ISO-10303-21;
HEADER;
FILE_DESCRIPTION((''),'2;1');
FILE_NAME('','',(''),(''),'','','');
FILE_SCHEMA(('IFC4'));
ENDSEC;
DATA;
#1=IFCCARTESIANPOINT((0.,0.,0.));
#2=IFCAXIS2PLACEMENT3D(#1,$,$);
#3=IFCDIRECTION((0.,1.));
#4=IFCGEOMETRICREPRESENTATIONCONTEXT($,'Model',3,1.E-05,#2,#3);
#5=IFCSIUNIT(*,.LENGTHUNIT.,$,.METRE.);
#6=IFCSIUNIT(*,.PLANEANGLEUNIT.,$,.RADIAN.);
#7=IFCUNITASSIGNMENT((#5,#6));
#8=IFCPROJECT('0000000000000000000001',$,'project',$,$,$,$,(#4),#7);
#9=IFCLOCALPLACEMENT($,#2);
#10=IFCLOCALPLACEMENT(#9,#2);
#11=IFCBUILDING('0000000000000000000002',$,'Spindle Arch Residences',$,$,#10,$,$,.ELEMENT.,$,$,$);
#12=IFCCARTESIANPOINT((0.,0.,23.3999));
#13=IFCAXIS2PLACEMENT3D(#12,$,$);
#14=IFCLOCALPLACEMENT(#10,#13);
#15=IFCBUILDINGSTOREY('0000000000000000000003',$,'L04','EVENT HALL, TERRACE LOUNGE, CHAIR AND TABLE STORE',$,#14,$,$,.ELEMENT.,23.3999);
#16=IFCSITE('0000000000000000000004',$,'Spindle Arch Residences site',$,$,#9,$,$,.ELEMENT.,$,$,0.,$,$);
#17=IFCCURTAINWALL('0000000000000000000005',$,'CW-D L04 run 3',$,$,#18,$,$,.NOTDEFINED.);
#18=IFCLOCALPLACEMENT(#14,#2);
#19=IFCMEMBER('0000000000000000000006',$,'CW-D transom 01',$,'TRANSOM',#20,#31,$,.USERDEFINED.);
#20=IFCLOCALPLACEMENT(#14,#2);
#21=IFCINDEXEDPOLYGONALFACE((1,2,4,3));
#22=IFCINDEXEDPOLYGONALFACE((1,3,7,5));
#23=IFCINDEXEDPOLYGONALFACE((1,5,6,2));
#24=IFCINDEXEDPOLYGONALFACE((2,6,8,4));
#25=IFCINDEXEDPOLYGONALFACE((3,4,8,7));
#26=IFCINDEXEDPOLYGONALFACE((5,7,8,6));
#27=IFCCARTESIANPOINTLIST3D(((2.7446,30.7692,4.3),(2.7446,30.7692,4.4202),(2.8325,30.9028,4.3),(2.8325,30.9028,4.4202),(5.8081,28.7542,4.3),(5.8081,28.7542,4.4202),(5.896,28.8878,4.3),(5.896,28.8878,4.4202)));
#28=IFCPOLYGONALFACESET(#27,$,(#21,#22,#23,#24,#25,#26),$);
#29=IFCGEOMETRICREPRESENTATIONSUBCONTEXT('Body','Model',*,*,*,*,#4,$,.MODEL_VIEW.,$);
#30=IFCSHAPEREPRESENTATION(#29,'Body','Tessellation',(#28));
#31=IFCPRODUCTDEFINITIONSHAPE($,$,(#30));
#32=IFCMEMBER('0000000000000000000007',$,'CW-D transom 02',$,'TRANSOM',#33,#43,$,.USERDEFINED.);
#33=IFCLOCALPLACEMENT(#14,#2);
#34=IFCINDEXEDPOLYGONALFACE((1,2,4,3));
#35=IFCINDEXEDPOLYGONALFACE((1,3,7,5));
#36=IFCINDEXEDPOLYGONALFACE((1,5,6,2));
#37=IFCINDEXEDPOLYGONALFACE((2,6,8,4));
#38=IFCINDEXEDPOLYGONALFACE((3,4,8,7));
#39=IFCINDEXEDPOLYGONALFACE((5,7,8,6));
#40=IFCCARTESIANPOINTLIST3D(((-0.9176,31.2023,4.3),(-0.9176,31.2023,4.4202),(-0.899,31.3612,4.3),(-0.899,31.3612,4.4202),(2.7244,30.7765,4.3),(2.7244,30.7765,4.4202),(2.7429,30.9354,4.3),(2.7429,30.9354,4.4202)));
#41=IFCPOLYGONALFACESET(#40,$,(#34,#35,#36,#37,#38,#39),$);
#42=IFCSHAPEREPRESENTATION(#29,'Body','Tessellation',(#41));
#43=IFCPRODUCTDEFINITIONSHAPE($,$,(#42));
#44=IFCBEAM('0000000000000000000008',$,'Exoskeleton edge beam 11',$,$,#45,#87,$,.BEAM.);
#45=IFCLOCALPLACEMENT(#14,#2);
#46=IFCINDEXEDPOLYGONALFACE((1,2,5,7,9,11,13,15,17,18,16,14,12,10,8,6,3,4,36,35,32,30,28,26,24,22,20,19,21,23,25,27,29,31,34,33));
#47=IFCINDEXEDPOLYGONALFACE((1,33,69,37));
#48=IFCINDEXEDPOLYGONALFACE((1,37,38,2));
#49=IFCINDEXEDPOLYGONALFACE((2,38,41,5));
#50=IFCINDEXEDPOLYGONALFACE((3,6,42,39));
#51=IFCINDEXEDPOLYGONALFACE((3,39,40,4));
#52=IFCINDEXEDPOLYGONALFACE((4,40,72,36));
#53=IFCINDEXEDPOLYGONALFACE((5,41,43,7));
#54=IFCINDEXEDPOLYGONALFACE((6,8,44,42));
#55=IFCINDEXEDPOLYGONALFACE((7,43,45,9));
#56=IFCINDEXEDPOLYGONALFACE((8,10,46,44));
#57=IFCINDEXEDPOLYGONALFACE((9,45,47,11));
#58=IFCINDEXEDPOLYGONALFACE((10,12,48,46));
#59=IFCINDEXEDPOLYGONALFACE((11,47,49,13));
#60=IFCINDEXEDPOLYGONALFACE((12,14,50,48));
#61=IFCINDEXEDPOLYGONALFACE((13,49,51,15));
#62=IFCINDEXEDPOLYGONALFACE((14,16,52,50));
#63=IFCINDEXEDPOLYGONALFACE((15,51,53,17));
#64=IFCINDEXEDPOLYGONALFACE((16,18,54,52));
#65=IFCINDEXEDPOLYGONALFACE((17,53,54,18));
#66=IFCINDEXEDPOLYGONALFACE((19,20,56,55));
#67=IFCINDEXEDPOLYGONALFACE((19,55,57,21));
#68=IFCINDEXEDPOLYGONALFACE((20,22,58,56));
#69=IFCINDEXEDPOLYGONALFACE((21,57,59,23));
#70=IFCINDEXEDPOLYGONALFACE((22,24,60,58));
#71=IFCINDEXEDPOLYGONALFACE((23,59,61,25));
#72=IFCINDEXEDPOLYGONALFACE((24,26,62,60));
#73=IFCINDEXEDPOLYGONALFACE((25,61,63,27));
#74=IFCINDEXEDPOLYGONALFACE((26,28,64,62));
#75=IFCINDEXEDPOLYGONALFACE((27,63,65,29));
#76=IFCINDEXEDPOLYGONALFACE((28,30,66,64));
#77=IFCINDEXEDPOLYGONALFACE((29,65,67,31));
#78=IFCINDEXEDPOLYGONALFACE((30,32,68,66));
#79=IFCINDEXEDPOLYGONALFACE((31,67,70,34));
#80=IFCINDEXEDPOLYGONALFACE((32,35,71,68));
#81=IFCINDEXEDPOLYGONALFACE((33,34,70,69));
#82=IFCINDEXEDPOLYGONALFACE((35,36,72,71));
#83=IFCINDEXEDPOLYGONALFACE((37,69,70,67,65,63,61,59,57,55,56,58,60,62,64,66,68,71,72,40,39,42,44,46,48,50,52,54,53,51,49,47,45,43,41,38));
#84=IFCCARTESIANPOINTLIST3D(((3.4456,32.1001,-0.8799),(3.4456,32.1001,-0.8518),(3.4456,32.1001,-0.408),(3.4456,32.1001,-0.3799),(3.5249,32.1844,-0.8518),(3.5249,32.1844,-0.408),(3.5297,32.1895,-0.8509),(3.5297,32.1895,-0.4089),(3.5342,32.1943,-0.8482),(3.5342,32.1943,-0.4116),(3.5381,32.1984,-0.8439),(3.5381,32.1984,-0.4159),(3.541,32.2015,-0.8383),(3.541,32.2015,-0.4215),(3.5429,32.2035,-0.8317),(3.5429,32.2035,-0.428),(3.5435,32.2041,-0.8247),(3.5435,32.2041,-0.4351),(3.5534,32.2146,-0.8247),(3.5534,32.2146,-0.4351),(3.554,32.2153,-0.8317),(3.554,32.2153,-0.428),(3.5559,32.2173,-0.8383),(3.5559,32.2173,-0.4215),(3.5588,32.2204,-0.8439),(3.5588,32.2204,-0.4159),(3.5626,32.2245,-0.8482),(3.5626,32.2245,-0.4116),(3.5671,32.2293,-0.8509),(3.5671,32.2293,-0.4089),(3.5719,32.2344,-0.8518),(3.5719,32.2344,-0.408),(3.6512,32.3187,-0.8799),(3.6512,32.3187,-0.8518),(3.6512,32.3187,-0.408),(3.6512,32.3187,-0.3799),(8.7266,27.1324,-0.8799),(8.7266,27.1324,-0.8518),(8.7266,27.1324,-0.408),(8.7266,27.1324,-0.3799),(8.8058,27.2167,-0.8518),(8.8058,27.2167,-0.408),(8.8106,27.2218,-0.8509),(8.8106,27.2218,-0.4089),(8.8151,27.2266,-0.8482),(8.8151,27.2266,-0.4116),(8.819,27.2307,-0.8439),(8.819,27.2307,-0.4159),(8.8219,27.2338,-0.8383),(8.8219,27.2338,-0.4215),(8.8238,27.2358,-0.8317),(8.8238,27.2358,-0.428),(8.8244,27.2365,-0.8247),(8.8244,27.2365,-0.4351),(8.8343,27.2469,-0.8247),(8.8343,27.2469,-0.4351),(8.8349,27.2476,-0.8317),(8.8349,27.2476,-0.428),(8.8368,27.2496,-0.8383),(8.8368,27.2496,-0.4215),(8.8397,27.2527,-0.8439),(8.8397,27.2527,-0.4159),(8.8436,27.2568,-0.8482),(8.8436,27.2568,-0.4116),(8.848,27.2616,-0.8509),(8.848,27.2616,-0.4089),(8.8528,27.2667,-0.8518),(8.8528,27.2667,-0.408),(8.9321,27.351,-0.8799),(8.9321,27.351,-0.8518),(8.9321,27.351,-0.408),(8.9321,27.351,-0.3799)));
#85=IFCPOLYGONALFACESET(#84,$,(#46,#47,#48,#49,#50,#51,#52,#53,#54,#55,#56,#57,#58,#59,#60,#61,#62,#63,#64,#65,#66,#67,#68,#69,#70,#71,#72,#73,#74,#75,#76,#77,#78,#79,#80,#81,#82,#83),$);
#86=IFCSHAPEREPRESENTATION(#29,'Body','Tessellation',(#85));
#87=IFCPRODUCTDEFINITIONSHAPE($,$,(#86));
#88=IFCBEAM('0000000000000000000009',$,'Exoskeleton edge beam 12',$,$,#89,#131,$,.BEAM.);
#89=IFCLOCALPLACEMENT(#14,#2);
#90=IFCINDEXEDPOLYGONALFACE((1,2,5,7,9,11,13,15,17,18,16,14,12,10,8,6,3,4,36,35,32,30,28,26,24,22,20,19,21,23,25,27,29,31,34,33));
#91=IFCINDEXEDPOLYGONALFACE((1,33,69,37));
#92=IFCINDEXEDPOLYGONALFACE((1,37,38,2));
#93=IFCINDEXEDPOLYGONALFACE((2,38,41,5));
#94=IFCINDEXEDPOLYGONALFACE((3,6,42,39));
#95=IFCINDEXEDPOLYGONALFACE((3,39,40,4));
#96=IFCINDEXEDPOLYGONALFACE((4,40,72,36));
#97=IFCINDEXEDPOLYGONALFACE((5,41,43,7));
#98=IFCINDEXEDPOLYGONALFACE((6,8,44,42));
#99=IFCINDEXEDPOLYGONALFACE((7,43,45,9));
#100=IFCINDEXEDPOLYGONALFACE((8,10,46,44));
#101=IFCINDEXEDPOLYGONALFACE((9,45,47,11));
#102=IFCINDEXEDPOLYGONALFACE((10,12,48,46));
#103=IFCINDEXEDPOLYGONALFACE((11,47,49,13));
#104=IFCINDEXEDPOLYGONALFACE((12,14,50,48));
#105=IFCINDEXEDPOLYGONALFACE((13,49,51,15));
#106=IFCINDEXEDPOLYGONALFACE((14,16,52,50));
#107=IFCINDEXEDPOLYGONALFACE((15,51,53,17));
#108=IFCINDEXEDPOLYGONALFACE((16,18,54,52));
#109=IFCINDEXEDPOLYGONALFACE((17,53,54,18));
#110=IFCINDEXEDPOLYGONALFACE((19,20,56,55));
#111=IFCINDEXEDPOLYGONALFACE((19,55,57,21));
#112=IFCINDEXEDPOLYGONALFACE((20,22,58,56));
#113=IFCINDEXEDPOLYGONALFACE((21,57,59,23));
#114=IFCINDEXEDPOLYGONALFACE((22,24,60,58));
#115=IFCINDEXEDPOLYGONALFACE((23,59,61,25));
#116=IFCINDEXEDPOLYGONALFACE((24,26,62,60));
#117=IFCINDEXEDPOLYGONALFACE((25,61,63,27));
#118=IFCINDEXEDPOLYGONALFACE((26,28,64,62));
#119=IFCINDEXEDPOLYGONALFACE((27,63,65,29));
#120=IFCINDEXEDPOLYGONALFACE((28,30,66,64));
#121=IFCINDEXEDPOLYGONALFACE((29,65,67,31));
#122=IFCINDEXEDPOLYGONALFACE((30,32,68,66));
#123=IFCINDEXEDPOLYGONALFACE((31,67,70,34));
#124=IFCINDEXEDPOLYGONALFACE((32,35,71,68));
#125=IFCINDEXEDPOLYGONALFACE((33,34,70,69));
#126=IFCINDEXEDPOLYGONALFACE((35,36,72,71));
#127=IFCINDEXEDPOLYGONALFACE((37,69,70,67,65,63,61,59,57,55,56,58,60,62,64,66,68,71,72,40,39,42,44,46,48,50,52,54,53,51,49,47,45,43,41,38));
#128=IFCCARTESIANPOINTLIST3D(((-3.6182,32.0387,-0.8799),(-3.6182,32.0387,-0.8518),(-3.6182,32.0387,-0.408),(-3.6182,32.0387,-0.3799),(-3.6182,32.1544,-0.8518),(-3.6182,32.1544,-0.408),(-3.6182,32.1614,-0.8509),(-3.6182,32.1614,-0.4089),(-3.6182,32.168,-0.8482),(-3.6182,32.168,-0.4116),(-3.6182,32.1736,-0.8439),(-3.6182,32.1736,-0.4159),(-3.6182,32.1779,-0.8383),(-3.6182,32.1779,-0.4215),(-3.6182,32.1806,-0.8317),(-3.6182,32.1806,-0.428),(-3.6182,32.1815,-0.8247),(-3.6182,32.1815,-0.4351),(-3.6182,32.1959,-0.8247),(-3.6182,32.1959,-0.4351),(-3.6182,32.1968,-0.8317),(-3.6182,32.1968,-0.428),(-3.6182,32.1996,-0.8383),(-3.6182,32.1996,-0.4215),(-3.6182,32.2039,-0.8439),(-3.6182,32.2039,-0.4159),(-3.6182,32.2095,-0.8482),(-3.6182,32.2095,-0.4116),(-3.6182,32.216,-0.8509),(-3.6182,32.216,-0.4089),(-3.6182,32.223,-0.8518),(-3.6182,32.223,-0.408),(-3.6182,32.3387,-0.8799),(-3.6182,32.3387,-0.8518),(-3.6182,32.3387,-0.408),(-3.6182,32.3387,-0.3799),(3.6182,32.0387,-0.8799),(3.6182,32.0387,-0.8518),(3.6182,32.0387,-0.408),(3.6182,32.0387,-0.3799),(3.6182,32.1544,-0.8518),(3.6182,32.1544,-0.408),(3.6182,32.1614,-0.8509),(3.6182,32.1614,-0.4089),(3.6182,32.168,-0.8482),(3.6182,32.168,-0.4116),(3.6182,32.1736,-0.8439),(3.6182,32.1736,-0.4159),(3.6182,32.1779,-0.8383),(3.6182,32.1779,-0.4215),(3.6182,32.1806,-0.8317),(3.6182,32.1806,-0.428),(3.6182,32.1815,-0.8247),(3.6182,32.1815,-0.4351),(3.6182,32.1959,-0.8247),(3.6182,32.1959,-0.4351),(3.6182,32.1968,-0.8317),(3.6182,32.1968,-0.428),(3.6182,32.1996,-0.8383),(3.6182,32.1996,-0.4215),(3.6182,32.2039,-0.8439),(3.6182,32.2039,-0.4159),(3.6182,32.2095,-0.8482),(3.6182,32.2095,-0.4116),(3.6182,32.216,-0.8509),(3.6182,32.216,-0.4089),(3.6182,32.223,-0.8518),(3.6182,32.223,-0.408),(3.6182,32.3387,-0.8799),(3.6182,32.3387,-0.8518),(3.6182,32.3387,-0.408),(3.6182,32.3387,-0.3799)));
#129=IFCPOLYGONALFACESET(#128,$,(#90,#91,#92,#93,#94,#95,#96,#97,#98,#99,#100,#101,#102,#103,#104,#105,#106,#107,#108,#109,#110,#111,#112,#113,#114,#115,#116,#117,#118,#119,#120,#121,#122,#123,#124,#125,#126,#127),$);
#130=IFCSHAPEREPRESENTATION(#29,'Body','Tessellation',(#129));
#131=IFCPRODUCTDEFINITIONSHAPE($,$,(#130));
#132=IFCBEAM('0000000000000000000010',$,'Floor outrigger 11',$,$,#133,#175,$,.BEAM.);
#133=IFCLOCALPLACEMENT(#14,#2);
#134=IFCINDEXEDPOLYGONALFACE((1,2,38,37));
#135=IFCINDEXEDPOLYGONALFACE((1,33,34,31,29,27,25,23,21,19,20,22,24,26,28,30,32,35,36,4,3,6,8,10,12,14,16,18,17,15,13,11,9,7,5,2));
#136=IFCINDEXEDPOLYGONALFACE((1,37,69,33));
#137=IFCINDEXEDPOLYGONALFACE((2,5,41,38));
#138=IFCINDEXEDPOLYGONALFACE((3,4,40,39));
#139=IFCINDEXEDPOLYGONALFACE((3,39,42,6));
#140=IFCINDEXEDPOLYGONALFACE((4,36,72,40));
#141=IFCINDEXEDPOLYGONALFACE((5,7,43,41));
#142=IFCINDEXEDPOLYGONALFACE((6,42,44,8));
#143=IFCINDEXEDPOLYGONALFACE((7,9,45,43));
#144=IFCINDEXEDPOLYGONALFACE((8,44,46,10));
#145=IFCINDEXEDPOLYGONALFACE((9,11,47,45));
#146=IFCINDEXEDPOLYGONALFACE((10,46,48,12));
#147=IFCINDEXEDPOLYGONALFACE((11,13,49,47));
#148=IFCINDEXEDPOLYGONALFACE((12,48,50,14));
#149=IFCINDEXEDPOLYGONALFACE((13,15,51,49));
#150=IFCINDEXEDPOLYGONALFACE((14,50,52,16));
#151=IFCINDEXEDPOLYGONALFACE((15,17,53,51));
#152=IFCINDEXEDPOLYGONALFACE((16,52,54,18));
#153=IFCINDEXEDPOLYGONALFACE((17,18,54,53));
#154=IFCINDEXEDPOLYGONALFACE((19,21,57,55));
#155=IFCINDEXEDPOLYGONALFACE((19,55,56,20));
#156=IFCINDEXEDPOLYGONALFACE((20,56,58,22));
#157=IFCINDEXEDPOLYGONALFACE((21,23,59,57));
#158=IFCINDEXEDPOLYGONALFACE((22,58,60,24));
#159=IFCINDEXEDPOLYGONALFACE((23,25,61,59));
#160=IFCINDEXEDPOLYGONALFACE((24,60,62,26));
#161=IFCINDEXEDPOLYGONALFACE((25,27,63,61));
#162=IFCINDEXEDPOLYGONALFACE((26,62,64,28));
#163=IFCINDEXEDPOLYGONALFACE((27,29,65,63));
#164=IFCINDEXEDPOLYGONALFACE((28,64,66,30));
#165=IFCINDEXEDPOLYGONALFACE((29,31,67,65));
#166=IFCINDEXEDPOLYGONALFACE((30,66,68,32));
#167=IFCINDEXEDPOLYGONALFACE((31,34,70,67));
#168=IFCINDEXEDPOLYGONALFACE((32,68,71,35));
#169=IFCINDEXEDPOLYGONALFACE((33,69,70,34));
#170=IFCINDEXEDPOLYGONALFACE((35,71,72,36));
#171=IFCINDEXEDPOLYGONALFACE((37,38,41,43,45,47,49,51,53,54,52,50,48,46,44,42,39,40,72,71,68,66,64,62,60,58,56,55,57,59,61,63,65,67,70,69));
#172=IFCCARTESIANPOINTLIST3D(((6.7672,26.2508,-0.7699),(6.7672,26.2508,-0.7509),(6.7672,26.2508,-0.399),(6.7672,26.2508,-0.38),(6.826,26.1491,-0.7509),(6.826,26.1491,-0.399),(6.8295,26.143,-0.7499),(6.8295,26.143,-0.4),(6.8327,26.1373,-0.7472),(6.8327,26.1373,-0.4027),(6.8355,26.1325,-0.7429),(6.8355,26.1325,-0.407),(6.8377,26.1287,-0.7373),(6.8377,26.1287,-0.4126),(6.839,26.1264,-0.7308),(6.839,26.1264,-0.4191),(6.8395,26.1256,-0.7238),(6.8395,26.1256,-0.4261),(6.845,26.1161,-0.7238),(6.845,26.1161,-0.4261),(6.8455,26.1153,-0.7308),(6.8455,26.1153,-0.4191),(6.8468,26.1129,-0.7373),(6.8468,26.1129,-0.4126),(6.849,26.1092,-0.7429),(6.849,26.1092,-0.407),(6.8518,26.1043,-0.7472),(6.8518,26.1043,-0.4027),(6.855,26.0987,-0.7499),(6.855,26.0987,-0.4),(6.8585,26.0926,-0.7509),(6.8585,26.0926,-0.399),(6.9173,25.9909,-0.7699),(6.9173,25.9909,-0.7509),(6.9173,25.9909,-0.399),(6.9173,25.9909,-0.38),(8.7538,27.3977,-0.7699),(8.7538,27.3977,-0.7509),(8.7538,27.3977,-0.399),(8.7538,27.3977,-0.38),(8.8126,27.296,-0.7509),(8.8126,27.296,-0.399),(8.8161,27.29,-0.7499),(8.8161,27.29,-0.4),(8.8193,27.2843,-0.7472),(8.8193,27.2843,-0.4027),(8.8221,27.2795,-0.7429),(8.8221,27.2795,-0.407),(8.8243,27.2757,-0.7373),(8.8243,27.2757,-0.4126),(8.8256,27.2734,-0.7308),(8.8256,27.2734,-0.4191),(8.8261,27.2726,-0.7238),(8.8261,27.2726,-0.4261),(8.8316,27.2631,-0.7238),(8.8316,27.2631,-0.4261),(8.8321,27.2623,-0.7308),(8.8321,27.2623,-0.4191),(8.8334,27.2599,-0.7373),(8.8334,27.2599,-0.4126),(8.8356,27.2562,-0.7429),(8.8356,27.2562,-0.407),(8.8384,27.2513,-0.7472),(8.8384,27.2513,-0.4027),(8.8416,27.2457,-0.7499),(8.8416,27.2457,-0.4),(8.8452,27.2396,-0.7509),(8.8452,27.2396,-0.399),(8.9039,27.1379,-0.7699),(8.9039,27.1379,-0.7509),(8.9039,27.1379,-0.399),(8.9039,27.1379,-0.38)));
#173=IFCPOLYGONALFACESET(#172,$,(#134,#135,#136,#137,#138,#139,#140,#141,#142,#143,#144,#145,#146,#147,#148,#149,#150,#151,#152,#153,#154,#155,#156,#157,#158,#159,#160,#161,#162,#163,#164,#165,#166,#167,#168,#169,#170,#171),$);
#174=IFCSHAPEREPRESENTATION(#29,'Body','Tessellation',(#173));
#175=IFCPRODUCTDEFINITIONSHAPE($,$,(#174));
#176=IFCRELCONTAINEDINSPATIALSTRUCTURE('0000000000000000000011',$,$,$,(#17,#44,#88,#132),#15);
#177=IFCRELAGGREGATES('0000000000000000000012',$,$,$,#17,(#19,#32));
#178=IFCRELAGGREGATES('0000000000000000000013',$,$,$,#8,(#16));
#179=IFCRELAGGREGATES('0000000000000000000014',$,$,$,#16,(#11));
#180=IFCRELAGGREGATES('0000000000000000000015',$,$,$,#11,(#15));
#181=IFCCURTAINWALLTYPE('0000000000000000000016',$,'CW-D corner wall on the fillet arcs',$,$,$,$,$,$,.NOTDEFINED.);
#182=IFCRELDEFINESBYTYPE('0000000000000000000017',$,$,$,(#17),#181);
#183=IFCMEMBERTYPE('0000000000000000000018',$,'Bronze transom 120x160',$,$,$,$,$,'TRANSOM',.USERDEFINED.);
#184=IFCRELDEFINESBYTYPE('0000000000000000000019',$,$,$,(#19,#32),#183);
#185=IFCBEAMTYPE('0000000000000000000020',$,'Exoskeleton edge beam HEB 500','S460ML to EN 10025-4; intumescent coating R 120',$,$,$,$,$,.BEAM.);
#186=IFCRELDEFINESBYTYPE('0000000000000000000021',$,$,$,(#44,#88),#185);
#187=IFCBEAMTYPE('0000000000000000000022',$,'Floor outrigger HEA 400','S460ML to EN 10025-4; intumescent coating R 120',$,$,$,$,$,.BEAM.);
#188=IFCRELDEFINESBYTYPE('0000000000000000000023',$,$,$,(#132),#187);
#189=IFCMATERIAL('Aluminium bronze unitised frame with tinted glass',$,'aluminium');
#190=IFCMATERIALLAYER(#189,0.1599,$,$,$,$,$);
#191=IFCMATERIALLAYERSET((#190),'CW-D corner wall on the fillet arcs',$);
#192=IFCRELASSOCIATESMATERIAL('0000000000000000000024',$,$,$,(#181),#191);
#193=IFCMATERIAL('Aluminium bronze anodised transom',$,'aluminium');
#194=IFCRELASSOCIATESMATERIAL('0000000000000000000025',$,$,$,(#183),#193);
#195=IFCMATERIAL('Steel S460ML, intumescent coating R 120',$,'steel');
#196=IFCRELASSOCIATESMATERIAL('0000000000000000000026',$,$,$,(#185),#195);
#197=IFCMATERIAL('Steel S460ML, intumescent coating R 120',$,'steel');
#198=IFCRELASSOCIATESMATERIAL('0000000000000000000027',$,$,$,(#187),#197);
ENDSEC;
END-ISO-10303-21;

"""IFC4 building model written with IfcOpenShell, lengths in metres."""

from ifc_helpers import new_model, si_unit, direction, frame, origin, origin_2d, place, context, subcontext, project, spatial, rectangle, i_section, extrude, material, layer, layer_set, material_profile, profile_set, type_object, element, aggregate, save


model = new_model("IFC4")

# Units and contexts
model_context = context("Model", 3, precision=1e-05, world=origin(), true_north=direction((0.0, 1.0)))
body_context = subcontext(model_context, "Body", "Model", "MODEL_VIEW")
ifc_project = project(units=[si_unit("LENGTHUNIT", "METRE"), si_unit("PLANEANGLEUNIT", "RADIAN")], contexts=[model_context])

# Site, building, storey
site_placement = place(None, origin())
site = spatial("IfcSite", under=ifc_project, at=site_placement, Name="Spindle Arch Residences site", CompositionType="ELEMENT", RefElevation=0.0)
building_placement = place(site_placement, origin())
building = spatial("IfcBuilding", under=site, at=building_placement, Name="Spindle Arch Residences", CompositionType="ELEMENT")
storey_placement = place(building_placement, frame((0.0, 0.0, 23.3999)))
storey = spatial("IfcBuildingStorey", under=building, at=storey_placement, Name="L04", Description="EVENT HALL, TERRACE LOUNGE, CHAIR AND TABLE STORE", CompositionType="ELEMENT", Elevation=23.3999)

# Curtain wall, members
ifc_material_1 = material(Name="Aluminium bronze unitised frame with tinted glass", Category="aluminium")
ifc_layer_1 = layer(ifc_material_1, 0.1599)
ifc_layer_set_1 = layer_set([ifc_layer_1], Name="CW-D corner wall on the fillet arcs")
curtain_wall_type_1 = type_object("IfcCurtainWallType", Name="CW-D corner wall on the fillet arcs", PredefinedType="NOTDEFINED", material=ifc_layer_set_1)
curtain_wall_1_placement = place(storey_placement, origin())
curtain_wall_1 = element("IfcCurtainWall", 1, at=curtain_wall_1_placement, inside=storey, type_object=curtain_wall_type_1, Name="CW-D L04 run 3", PredefinedType="NOTDEFINED")
ifc_material_2 = material(Name="Aluminium bronze anodised transom", Category="aluminium")
ifc_material_profile_1 = material_profile(ifc_material_2, rectangle(XDim=0.1599, YDim=0.1201, at=origin_2d()), Name="TR 120x160")
ifc_profile_set_1 = profile_set([ifc_material_profile_1], Name="Aluminium bronze anodised transom")
member_type_1 = type_object("IfcMemberType", Name="Bronze transom 120x160", ElementType="TRANSOM", PredefinedType="USERDEFINED", material=ifc_profile_set_1)
member_1_placement = place(storey_placement, frame((5.8521, 28.821, 4.3601), z_axis=(-0.835486, 0.549511, 0.0), x_axis=(-0.549511, -0.835486, 0.0)))
member_1 = element("IfcMember", 2, at=member_1_placement, type_object=member_type_1, Name="CW-D transom 01", ObjectType="TRANSOM", PredefinedType="USERDEFINED", context=body_context, shape_type="SweptSolid", body=[
    extrude(rectangle(XDim=0.1599, YDim=0.1201, at=origin_2d()), origin(), (0.0, 0.0, 1.0), 3.6667),
])
member_2_placement = place(storey_placement, frame((2.7336, 30.856, 4.3601), z_axis=(-0.993235, 0.116123, 0.0), x_axis=(-0.116123, -0.993235, 0.0)))
member_2 = element("IfcMember", 3, at=member_2_placement, type_object=member_type_1, Name="CW-D transom 02", ObjectType="TRANSOM", PredefinedType="USERDEFINED", context=body_context, shape_type="SweptSolid", body=[
    extrude(rectangle(XDim=0.1599, YDim=0.1201, at=origin_2d()), origin(), (0.0, 0.0, 1.0), 3.6667),
])

# Beams
ifc_material_3 = material(Name="Steel S460ML, intumescent coating R 120", Category="steel")
ifc_material_profile_2 = material_profile(ifc_material_3, i_section(OverallWidth=0.3, OverallDepth=0.5, WebThickness=0.0144, FlangeThickness=0.0281, FilletRadius=0.0271, at=origin_2d()), Name="HEB 500")
ifc_profile_set_2 = profile_set([ifc_material_profile_2], Name="Steel S460ML, intumescent coating R 120")
beam_type_1 = type_object("IfcBeamType", Name="Exoskeleton edge beam HEB 500", Description="S460ML to EN 10025-4; intumescent coating R 120", PredefinedType="BEAM", material=ifc_profile_set_2)
beam_1_placement = place(storey_placement, frame((8.8293, 27.2417, -0.6299), z_axis=(-0.728378, 0.685176, 0.0), x_axis=(-0.685176, -0.728378, 0.0)))
element("IfcBeam", 4, at=beam_1_placement, inside=storey, type_object=beam_type_1, Name="Exoskeleton edge beam 11", PredefinedType="BEAM", context=body_context, shape_type="SweptSolid", body=[
    extrude(i_section(OverallWidth=0.3, OverallDepth=0.5, WebThickness=0.0144, FlangeThickness=0.0281, FilletRadius=0.0271, at=origin_2d()), origin(), (0.0, 0.0, 1.0), 7.2502),
])
beam_2_placement = place(storey_placement, frame((3.6182, 32.1887, -0.6299), z_axis=(-1.0, 0.0, 0.0), x_axis=(0.0, -1.0, 0.0)))
element("IfcBeam", 5, at=beam_2_placement, inside=storey, type_object=beam_type_1, Name="Exoskeleton edge beam 12", PredefinedType="BEAM", context=body_context, shape_type="SweptSolid", body=[
    extrude(i_section(OverallWidth=0.3, OverallDepth=0.5, WebThickness=0.0144, FlangeThickness=0.0281, FilletRadius=0.0271, at=origin_2d()), origin(), (0.0, 0.0, 1.0), 7.2363),
])
ifc_material_4 = material(Name="Steel S460ML, intumescent coating R 120", Category="steel")
ifc_material_profile_3 = material_profile(ifc_material_4, i_section(OverallWidth=0.3, OverallDepth=0.3899, WebThickness=0.011, FlangeThickness=0.019, FilletRadius=0.0271, at=origin_2d()), Name="HEA 400")
ifc_profile_set_3 = profile_set([ifc_material_profile_3], Name="Steel S460ML, intumescent coating R 120")
beam_type_2 = type_object("IfcBeamType", Name="Floor outrigger HEA 400", Description="S460ML to EN 10025-4; intumescent coating R 120", PredefinedType="BEAM", material=ifc_profile_set_3)
beam_3_placement = place(storey_placement, frame((8.8289, 27.2678, -0.575), z_axis=(-0.866021, -0.500008, 0.0), x_axis=(0.500008, -0.866021, 0.0)))
element("IfcBeam", 6, at=beam_3_placement, inside=storey, type_object=beam_type_2, Name="Floor outrigger 11", PredefinedType="BEAM", context=body_context, shape_type="SweptSolid", body=[
    extrude(i_section(OverallWidth=0.3, OverallDepth=0.3899, WebThickness=0.011, FlangeThickness=0.019, FilletRadius=0.0271, at=origin_2d()), origin(), (0.0, 0.0, 1.0), 2.2939),
])

aggregate(curtain_wall_1, [member_1, member_2])

save(model, "model.ifc")
